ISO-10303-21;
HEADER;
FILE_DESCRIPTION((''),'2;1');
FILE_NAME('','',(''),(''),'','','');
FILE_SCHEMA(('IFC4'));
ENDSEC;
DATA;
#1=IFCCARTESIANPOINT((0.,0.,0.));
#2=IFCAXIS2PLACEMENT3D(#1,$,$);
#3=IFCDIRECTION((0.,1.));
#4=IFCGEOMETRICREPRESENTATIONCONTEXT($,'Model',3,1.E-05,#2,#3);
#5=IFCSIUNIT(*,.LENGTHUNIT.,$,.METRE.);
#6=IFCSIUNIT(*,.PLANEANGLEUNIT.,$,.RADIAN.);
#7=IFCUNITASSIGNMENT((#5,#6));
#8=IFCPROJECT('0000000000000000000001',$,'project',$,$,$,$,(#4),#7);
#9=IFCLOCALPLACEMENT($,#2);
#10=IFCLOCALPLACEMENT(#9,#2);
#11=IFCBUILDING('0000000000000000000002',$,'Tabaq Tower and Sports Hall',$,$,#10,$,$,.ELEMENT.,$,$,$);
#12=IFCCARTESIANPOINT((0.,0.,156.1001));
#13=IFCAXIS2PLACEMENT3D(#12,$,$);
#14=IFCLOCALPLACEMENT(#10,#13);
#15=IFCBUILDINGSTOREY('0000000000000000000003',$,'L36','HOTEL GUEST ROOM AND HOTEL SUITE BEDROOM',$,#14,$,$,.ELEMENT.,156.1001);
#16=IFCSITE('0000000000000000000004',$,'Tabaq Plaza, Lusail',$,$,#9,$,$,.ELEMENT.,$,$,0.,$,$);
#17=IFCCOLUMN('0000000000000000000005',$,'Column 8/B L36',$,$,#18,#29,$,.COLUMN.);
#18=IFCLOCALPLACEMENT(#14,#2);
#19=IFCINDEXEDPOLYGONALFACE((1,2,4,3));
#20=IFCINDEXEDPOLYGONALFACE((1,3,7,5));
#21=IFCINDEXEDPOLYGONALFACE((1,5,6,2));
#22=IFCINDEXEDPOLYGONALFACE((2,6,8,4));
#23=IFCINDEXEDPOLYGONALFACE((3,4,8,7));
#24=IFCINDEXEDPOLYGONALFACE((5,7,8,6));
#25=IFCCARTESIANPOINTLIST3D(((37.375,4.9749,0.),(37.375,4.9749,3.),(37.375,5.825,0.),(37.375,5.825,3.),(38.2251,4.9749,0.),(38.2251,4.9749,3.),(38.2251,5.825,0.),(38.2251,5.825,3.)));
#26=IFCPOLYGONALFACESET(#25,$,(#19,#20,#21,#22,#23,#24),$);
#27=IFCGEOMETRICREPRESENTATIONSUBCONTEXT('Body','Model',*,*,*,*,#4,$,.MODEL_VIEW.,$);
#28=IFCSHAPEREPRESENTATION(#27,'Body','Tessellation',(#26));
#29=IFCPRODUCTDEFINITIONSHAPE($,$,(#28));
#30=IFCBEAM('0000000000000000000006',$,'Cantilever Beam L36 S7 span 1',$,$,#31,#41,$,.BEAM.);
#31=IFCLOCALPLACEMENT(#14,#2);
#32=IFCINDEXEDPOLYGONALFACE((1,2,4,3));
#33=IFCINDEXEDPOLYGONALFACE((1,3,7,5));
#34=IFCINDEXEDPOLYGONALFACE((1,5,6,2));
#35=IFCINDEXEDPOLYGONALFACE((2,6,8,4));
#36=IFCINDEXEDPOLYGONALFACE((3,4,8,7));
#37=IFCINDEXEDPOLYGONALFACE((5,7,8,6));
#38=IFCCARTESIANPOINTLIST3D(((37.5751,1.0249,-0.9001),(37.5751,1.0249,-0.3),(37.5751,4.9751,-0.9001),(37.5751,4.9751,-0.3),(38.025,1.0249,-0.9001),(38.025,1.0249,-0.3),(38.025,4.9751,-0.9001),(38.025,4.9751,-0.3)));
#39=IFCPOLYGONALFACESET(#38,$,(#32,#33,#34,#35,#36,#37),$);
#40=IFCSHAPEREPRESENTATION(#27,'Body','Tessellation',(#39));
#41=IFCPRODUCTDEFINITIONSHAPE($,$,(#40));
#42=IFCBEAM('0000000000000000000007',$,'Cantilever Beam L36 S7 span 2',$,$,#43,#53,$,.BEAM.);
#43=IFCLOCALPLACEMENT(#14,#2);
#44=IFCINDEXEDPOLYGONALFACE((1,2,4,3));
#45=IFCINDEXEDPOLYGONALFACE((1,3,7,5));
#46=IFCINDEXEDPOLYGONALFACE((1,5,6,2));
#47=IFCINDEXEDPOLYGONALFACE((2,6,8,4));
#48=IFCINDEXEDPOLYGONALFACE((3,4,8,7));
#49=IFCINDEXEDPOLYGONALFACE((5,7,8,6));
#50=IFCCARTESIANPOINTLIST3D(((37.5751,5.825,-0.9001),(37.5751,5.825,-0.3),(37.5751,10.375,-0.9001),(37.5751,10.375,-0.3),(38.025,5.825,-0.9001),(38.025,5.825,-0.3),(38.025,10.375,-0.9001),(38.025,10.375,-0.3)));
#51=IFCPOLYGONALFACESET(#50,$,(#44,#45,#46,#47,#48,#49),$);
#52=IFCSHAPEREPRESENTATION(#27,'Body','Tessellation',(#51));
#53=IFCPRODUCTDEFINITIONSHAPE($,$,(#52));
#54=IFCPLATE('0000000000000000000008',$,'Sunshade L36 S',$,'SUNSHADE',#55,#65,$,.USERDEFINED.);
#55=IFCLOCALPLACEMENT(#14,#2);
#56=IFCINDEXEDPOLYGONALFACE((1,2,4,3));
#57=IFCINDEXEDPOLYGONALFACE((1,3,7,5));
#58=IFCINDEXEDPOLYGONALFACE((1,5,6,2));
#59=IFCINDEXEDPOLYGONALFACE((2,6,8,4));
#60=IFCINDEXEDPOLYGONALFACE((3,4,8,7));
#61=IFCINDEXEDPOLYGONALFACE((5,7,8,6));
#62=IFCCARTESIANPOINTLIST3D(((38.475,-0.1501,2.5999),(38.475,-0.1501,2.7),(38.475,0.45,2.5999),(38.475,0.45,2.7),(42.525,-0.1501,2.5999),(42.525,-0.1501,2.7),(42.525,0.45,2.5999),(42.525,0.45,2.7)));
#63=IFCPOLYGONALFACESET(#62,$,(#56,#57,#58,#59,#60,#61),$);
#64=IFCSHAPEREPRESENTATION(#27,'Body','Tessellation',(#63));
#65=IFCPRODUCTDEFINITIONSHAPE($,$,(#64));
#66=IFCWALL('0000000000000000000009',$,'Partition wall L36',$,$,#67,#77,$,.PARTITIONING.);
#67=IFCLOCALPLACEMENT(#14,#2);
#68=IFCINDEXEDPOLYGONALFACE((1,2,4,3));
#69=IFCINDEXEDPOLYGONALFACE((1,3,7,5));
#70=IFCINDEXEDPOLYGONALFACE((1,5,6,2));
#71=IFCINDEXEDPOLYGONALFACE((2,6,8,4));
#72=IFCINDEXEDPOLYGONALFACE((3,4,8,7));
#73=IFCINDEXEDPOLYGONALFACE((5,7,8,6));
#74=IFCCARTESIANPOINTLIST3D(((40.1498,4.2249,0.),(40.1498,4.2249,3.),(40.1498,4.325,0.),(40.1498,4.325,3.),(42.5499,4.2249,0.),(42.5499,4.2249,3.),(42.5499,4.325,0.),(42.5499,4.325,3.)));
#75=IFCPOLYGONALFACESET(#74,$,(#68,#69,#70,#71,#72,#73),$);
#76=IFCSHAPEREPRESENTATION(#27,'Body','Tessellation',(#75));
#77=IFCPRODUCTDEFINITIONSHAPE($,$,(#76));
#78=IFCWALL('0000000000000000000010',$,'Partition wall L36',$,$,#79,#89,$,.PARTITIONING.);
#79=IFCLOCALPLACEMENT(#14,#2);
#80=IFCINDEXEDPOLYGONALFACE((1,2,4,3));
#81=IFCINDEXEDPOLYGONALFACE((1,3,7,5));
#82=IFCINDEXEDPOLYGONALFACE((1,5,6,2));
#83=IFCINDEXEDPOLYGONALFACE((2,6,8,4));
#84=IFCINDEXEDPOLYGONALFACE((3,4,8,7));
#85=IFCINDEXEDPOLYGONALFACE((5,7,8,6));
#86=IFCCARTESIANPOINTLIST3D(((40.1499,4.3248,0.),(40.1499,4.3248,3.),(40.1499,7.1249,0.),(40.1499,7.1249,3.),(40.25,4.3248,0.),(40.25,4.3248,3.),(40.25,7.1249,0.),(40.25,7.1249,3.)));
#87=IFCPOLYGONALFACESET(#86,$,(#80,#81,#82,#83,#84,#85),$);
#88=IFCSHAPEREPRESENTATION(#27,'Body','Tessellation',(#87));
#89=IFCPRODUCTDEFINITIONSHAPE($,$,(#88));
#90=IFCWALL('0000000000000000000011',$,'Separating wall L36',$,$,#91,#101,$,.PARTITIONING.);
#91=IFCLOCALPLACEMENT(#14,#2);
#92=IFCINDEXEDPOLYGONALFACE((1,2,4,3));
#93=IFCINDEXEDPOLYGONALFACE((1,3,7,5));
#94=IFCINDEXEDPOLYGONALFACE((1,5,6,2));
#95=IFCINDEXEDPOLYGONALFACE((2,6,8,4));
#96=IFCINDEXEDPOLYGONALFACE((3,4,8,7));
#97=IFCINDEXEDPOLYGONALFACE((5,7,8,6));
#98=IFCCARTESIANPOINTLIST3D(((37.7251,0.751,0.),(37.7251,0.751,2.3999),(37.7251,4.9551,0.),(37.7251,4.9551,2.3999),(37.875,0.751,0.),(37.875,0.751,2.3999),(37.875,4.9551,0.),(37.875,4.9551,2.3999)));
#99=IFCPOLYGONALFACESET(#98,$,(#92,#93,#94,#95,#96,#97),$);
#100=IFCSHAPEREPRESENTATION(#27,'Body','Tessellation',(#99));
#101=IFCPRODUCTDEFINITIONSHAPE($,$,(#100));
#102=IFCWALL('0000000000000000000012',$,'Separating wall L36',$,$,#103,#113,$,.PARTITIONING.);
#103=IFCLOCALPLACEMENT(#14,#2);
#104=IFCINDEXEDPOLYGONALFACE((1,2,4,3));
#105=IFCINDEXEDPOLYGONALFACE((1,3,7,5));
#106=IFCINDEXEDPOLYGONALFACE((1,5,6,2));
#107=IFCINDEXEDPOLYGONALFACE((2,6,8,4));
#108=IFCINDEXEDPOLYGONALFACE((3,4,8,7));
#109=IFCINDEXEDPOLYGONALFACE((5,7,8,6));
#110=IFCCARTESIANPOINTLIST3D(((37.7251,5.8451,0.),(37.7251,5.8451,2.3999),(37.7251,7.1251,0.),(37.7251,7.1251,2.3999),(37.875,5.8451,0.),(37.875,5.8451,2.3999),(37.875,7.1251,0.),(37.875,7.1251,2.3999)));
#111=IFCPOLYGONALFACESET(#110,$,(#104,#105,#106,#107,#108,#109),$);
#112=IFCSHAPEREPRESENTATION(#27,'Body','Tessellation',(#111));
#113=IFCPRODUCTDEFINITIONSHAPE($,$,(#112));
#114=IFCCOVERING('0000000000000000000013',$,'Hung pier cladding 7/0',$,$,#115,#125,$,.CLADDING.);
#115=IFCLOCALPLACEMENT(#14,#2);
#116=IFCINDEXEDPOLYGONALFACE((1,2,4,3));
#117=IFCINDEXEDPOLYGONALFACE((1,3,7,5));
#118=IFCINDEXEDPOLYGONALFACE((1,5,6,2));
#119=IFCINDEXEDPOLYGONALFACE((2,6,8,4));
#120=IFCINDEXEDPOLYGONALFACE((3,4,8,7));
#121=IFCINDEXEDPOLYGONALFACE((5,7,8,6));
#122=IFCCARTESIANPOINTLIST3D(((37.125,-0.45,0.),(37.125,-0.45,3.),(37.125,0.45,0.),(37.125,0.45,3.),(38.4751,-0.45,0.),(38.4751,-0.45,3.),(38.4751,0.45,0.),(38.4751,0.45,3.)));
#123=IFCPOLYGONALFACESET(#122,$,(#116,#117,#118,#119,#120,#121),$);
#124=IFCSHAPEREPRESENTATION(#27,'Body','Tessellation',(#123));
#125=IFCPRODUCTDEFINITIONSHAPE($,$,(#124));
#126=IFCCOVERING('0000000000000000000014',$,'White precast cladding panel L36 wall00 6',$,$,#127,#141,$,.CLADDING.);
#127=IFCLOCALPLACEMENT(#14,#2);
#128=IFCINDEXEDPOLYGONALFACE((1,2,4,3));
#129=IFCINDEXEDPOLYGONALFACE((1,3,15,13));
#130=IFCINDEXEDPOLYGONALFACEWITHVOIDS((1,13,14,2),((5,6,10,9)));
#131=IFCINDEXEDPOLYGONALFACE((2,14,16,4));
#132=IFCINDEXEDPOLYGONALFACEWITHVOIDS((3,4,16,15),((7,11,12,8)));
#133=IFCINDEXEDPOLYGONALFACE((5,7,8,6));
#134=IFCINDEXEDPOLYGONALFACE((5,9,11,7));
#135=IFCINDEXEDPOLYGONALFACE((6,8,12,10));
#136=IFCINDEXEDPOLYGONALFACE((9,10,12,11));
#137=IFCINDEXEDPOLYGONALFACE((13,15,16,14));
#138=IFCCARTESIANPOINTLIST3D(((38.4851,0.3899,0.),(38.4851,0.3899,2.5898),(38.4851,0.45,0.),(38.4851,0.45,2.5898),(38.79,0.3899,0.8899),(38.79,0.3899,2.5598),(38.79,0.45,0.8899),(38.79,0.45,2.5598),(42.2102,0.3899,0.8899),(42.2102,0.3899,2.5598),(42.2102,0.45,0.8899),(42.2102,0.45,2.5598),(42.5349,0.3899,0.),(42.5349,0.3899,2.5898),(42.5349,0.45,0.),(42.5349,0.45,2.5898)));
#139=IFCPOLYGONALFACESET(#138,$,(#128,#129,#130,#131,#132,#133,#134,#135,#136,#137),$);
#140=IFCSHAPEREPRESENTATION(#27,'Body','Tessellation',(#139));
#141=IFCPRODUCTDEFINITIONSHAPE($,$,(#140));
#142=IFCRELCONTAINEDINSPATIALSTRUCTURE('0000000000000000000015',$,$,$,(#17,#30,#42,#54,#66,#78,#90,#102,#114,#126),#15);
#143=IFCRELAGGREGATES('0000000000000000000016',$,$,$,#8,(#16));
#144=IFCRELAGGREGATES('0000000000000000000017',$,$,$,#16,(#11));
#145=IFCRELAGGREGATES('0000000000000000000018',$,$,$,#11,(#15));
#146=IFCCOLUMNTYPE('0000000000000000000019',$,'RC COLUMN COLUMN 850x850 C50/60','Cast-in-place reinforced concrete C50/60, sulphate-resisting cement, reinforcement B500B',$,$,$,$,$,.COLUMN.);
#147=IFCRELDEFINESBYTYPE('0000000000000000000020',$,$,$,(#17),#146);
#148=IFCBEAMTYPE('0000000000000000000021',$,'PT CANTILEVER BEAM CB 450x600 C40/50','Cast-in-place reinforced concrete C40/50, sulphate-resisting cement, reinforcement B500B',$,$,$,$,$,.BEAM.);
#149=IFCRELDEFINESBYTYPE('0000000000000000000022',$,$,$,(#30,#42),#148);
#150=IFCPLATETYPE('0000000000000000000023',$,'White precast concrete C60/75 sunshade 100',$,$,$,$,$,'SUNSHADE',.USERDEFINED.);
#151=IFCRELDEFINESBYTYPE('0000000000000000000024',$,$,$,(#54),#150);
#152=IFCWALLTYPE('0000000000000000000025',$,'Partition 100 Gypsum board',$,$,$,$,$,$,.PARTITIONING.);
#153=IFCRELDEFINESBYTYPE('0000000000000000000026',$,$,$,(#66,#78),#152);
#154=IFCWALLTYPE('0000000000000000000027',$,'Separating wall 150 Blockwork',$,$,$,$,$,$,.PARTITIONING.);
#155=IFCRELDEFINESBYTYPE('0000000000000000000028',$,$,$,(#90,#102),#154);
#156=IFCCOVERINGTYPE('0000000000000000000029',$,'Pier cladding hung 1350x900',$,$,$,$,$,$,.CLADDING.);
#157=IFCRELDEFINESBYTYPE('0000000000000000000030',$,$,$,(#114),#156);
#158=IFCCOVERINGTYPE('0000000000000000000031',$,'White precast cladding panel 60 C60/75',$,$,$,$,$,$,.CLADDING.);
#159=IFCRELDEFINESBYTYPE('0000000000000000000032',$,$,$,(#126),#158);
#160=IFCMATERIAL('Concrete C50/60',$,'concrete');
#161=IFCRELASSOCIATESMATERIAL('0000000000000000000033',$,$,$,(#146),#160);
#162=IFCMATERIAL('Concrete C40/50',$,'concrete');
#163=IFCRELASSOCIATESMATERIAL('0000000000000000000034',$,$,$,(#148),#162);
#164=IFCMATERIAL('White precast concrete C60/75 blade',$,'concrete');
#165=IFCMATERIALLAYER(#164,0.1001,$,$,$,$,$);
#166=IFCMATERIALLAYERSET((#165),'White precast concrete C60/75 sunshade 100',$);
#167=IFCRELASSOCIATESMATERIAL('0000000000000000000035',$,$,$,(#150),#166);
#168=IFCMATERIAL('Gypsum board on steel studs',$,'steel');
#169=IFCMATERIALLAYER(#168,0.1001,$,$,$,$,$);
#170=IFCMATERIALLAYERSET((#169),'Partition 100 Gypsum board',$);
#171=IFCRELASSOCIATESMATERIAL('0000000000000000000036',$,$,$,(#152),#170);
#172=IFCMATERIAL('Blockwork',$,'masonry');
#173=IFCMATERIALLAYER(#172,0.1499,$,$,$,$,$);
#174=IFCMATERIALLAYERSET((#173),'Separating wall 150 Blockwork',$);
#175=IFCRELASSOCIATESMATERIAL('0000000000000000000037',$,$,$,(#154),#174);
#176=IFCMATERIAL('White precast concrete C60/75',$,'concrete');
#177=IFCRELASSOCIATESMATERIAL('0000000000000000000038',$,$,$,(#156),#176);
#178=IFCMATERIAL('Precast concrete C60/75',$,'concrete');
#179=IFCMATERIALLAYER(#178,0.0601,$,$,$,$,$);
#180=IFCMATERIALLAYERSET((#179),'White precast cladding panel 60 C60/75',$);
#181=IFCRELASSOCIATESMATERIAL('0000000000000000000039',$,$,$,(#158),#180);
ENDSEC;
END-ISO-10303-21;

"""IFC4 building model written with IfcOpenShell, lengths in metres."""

from ifc_helpers import new_model, si_unit, direction, frame, frame_2d, origin, origin_2d, place, context, subcontext, project, spatial, polyline, rectangle, outline, extrude, material, layer, layer_set, material_profile, profile_set, type_object, element, save


model = new_model("IFC4")

# Units and contexts
model_context = context("Model", 3, precision=1e-05, world=origin(), true_north=direction((0.0, 1.0)))
body_context = subcontext(model_context, "Body", "Model", "MODEL_VIEW")
ifc_project = project(units=[si_unit("LENGTHUNIT", "METRE"), si_unit("PLANEANGLEUNIT", "RADIAN")], contexts=[model_context])

# Site, building, storey
site_placement = place(None, origin())
site = spatial("IfcSite", under=ifc_project, at=site_placement, Name="Tabaq Plaza, Lusail", CompositionType="ELEMENT", RefElevation=0.0)
building_placement = place(site_placement, origin())
building = spatial("IfcBuilding", under=site, at=building_placement, Name="Tabaq Tower and Sports Hall", CompositionType="ELEMENT")
storey_placement = place(building_placement, frame((0.0, 0.0, 156.1001)))
storey = spatial("IfcBuildingStorey", under=building, at=storey_placement, Name="L36", Description="HOTEL GUEST ROOM AND HOTEL SUITE BEDROOM", CompositionType="ELEMENT", Elevation=156.1001)

# Column
ifc_material_1 = material(Name="Concrete C50/60", Category="concrete")
ifc_material_profile_1 = material_profile(ifc_material_1, rectangle(XDim=0.8501, YDim=0.8501, at=origin_2d()), Name="COLUMN 850x850")
ifc_profile_set_1 = profile_set([ifc_material_profile_1], Name="Concrete C50/60")
column_type = type_object("IfcColumnType", Name="RC COLUMN COLUMN 850x850 C50/60", Description="Cast-in-place reinforced concrete C50/60, sulphate-resisting cement, reinforcement B500B", PredefinedType="COLUMN", material=ifc_profile_set_1)
column_placement = place(storey_placement, frame((37.8, 5.3999, 0.0), z_axis=(0.0, 0.0, 1.0), x_axis=(1.0, 0.0, 0.0)))
element("IfcColumn", 1, at=column_placement, inside=storey, type_object=column_type, Name="Column 8/B L36", PredefinedType="COLUMN", context=body_context, shape_type="SweptSolid", body=[
    extrude(rectangle(XDim=0.8501, YDim=0.8501, at=origin_2d()), origin(), (0.0, 0.0, 1.0), 3.0),
])

# Beams
ifc_material_2 = material(Name="Concrete C40/50", Category="concrete")
ifc_material_profile_2 = material_profile(ifc_material_2, rectangle(XDim=0.45, YDim=0.6001, at=origin_2d()), Name="CB 450x600")
ifc_profile_set_2 = profile_set([ifc_material_profile_2], Name="Concrete C40/50")
beam_type = type_object("IfcBeamType", Name="PT CANTILEVER BEAM CB 450x600 C40/50", Description="Cast-in-place reinforced concrete C40/50, sulphate-resisting cement, reinforcement B500B", PredefinedType="BEAM", material=ifc_profile_set_2)
beam_1_placement = place(storey_placement, frame((37.8, 1.0249, -0.6001), z_axis=(0.0, 1.0, 0.0), x_axis=(-1.0, 0.0, 0.0)))
element("IfcBeam", 2, at=beam_1_placement, inside=storey, type_object=beam_type, Name="Cantilever Beam L36 S7 span 1", PredefinedType="BEAM", context=body_context, shape_type="SweptSolid", body=[
    extrude(rectangle(XDim=0.45, YDim=0.6001, at=origin_2d()), origin(), (0.0, 0.0, 1.0), 3.9502),
])
beam_2_placement = place(storey_placement, frame((37.8, 5.825, -0.6001), z_axis=(0.0, 1.0, 0.0), x_axis=(-1.0, 0.0, 0.0)))
element("IfcBeam", 3, at=beam_2_placement, inside=storey, type_object=beam_type, Name="Cantilever Beam L36 S7 span 2", PredefinedType="BEAM", context=body_context, shape_type="SweptSolid", body=[
    extrude(rectangle(XDim=0.45, YDim=0.6001, at=origin_2d()), origin(), (0.0, 0.0, 1.0), 4.55),
])

# Plate
ifc_material_3 = material(Name="White precast concrete C60/75 blade", Category="concrete")
ifc_layer_1 = layer(ifc_material_3, 0.1001)
ifc_layer_set_1 = layer_set([ifc_layer_1], Name="White precast concrete C60/75 sunshade 100")
plate_type = type_object("IfcPlateType", Name="White precast concrete C60/75 sunshade 100", ElementType="SUNSHADE", PredefinedType="USERDEFINED", material=ifc_layer_set_1)
plate_placement = place(storey_placement, frame((40.5, 0.1499, 2.5999), z_axis=(0.0, 0.0, 1.0), x_axis=(1.0, 0.0, 0.0)))
element("IfcPlate", 4, at=plate_placement, inside=storey, type_object=plate_type, Name="Sunshade L36 S", ObjectType="SUNSHADE", PredefinedType="USERDEFINED", context=body_context, shape_type="SweptSolid", body=[
    extrude(rectangle(XDim=4.05, YDim=0.6001, at=origin_2d()), origin(), (0.0, 0.0, 1.0), 0.1001),
])

# Walls
ifc_material_4 = material(Name="Gypsum board on steel studs", Category="steel")
ifc_layer_2 = layer(ifc_material_4, 0.1001)
ifc_layer_set_2 = layer_set([ifc_layer_2], Name="Partition 100 Gypsum board")
wall_type_1 = type_object("IfcWallType", Name="Partition 100 Gypsum board", PredefinedType="PARTITIONING", material=ifc_layer_set_2)
wall_1_placement = place(storey_placement, frame((42.55, 4.2749, 0.0), z_axis=(0.0, 0.0, 1.0), x_axis=(-1.0, 0.0, 0.0)))
element("IfcWall", 5, at=wall_1_placement, inside=storey, type_object=wall_type_1, Name="Partition wall L36", PredefinedType="PARTITIONING", context=body_context, shape_type="SweptSolid", body=[
    extrude(rectangle(XDim=2.4001, YDim=0.1001, at=frame_2d((1.2002, 0.0))), origin(), (0.0, 0.0, 1.0), 3.0),
])
wall_2_placement = place(storey_placement, frame((40.2, 4.325, 0.0), z_axis=(0.0, 0.0, 1.0), x_axis=(0.0, 1.0, 0.0)))
element("IfcWall", 6, at=wall_2_placement, inside=storey, type_object=wall_type_1, Name="Partition wall L36", PredefinedType="PARTITIONING", context=body_context, shape_type="SweptSolid", body=[
    extrude(rectangle(XDim=2.8, YDim=0.1001, at=frame_2d((1.3999, 0.0))), origin(), (0.0, 0.0, 1.0), 3.0),
])
ifc_material_5 = material(Name="Blockwork", Category="masonry")
ifc_layer_3 = layer(ifc_material_5, 0.1499)
ifc_layer_set_3 = layer_set([ifc_layer_3], Name="Separating wall 150 Blockwork")
wall_type_2 = type_object("IfcWallType", Name="Separating wall 150 Blockwork", PredefinedType="PARTITIONING", material=ifc_layer_set_3)
wall_3_placement = place(storey_placement, frame((37.8, 0.751, 0.0), z_axis=(0.0, 0.0, 1.0), x_axis=(0.0, 1.0, 0.0)))
element("IfcWall", 7, at=wall_3_placement, inside=storey, type_object=wall_type_2, Name="Separating wall L36", PredefinedType="PARTITIONING", context=body_context, shape_type="SweptSolid", body=[
    extrude(rectangle(XDim=4.2041, YDim=0.1499, at=frame_2d((2.1021, 0.0))), origin(), (0.0, 0.0, 1.0), 2.3999),
])
wall_4_placement = place(storey_placement, frame((37.8, 5.845, 0.0), z_axis=(0.0, 0.0, 1.0), x_axis=(0.0, 1.0, 0.0)))
element("IfcWall", 8, at=wall_4_placement, inside=storey, type_object=wall_type_2, Name="Separating wall L36", PredefinedType="PARTITIONING", context=body_context, shape_type="SweptSolid", body=[
    extrude(rectangle(XDim=1.28, YDim=0.1499, at=frame_2d((0.6401, 0.0))), origin(), (0.0, 0.0, 1.0), 2.3999),
])

# Coverings
ifc_material_6 = material(Name="White precast concrete C60/75", Category="concrete")
covering_type_1 = type_object("IfcCoveringType", Name="Pier cladding hung 1350x900", PredefinedType="CLADDING", material=ifc_material_6)
covering_1_placement = place(storey_placement, frame((37.125, 0.0, 0.0), z_axis=(0.0, 0.0, 1.0), x_axis=(1.0, 0.0, 0.0)))
element("IfcCovering", 9, at=covering_1_placement, inside=storey, type_object=covering_type_1, Name="Hung pier cladding 7/0", PredefinedType="CLADDING", context=body_context, shape_type="SweptSolid", body=[
    extrude(rectangle(XDim=1.3501, YDim=0.8999, at=frame_2d((0.675, 0.0))), origin(), (0.0, 0.0, 1.0), 3.0),
])
ifc_material_7 = material(Name="Precast concrete C60/75", Category="concrete")
ifc_layer_4 = layer(ifc_material_7, 0.0601)
ifc_layer_set_4 = layer_set([ifc_layer_4], Name="White precast cladding panel 60 C60/75")
covering_type_2 = type_object("IfcCoveringType", Name="White precast cladding panel 60 C60/75", PredefinedType="CLADDING", material=ifc_layer_set_4)
covering_2_placement = place(storey_placement, frame((38.4851, 0.4199, 0.0), z_axis=(0.0, 0.0, 1.0), x_axis=(1.0, 0.0, 0.0)))
element("IfcCovering", 10, at=covering_2_placement, inside=storey, type_object=covering_type_2, Name="White precast cladding panel L36 wall00 6", PredefinedType="CLADDING", context=body_context, shape_type="SweptSolid", body=[
    extrude(outline(polyline([(0.0, 0.0), (4.0498, 0.0), (4.0498, 2.5898), (0.0, 2.5898), (0.0, 0.0)]), holes=[polyline([(3.7251, 0.8899), (0.3049, 0.8899), (0.3049, 2.5598), (3.7251, 2.5598), (3.7251, 0.8899)])]), frame((0.0, 0.03, 0.0), z_axis=(0.0, -1.0, 0.0), x_axis=(1.0, 0.0, 0.0)), (0.0, 0.0, 1.0), 0.0601),
])

save(model, "model.ifc")
